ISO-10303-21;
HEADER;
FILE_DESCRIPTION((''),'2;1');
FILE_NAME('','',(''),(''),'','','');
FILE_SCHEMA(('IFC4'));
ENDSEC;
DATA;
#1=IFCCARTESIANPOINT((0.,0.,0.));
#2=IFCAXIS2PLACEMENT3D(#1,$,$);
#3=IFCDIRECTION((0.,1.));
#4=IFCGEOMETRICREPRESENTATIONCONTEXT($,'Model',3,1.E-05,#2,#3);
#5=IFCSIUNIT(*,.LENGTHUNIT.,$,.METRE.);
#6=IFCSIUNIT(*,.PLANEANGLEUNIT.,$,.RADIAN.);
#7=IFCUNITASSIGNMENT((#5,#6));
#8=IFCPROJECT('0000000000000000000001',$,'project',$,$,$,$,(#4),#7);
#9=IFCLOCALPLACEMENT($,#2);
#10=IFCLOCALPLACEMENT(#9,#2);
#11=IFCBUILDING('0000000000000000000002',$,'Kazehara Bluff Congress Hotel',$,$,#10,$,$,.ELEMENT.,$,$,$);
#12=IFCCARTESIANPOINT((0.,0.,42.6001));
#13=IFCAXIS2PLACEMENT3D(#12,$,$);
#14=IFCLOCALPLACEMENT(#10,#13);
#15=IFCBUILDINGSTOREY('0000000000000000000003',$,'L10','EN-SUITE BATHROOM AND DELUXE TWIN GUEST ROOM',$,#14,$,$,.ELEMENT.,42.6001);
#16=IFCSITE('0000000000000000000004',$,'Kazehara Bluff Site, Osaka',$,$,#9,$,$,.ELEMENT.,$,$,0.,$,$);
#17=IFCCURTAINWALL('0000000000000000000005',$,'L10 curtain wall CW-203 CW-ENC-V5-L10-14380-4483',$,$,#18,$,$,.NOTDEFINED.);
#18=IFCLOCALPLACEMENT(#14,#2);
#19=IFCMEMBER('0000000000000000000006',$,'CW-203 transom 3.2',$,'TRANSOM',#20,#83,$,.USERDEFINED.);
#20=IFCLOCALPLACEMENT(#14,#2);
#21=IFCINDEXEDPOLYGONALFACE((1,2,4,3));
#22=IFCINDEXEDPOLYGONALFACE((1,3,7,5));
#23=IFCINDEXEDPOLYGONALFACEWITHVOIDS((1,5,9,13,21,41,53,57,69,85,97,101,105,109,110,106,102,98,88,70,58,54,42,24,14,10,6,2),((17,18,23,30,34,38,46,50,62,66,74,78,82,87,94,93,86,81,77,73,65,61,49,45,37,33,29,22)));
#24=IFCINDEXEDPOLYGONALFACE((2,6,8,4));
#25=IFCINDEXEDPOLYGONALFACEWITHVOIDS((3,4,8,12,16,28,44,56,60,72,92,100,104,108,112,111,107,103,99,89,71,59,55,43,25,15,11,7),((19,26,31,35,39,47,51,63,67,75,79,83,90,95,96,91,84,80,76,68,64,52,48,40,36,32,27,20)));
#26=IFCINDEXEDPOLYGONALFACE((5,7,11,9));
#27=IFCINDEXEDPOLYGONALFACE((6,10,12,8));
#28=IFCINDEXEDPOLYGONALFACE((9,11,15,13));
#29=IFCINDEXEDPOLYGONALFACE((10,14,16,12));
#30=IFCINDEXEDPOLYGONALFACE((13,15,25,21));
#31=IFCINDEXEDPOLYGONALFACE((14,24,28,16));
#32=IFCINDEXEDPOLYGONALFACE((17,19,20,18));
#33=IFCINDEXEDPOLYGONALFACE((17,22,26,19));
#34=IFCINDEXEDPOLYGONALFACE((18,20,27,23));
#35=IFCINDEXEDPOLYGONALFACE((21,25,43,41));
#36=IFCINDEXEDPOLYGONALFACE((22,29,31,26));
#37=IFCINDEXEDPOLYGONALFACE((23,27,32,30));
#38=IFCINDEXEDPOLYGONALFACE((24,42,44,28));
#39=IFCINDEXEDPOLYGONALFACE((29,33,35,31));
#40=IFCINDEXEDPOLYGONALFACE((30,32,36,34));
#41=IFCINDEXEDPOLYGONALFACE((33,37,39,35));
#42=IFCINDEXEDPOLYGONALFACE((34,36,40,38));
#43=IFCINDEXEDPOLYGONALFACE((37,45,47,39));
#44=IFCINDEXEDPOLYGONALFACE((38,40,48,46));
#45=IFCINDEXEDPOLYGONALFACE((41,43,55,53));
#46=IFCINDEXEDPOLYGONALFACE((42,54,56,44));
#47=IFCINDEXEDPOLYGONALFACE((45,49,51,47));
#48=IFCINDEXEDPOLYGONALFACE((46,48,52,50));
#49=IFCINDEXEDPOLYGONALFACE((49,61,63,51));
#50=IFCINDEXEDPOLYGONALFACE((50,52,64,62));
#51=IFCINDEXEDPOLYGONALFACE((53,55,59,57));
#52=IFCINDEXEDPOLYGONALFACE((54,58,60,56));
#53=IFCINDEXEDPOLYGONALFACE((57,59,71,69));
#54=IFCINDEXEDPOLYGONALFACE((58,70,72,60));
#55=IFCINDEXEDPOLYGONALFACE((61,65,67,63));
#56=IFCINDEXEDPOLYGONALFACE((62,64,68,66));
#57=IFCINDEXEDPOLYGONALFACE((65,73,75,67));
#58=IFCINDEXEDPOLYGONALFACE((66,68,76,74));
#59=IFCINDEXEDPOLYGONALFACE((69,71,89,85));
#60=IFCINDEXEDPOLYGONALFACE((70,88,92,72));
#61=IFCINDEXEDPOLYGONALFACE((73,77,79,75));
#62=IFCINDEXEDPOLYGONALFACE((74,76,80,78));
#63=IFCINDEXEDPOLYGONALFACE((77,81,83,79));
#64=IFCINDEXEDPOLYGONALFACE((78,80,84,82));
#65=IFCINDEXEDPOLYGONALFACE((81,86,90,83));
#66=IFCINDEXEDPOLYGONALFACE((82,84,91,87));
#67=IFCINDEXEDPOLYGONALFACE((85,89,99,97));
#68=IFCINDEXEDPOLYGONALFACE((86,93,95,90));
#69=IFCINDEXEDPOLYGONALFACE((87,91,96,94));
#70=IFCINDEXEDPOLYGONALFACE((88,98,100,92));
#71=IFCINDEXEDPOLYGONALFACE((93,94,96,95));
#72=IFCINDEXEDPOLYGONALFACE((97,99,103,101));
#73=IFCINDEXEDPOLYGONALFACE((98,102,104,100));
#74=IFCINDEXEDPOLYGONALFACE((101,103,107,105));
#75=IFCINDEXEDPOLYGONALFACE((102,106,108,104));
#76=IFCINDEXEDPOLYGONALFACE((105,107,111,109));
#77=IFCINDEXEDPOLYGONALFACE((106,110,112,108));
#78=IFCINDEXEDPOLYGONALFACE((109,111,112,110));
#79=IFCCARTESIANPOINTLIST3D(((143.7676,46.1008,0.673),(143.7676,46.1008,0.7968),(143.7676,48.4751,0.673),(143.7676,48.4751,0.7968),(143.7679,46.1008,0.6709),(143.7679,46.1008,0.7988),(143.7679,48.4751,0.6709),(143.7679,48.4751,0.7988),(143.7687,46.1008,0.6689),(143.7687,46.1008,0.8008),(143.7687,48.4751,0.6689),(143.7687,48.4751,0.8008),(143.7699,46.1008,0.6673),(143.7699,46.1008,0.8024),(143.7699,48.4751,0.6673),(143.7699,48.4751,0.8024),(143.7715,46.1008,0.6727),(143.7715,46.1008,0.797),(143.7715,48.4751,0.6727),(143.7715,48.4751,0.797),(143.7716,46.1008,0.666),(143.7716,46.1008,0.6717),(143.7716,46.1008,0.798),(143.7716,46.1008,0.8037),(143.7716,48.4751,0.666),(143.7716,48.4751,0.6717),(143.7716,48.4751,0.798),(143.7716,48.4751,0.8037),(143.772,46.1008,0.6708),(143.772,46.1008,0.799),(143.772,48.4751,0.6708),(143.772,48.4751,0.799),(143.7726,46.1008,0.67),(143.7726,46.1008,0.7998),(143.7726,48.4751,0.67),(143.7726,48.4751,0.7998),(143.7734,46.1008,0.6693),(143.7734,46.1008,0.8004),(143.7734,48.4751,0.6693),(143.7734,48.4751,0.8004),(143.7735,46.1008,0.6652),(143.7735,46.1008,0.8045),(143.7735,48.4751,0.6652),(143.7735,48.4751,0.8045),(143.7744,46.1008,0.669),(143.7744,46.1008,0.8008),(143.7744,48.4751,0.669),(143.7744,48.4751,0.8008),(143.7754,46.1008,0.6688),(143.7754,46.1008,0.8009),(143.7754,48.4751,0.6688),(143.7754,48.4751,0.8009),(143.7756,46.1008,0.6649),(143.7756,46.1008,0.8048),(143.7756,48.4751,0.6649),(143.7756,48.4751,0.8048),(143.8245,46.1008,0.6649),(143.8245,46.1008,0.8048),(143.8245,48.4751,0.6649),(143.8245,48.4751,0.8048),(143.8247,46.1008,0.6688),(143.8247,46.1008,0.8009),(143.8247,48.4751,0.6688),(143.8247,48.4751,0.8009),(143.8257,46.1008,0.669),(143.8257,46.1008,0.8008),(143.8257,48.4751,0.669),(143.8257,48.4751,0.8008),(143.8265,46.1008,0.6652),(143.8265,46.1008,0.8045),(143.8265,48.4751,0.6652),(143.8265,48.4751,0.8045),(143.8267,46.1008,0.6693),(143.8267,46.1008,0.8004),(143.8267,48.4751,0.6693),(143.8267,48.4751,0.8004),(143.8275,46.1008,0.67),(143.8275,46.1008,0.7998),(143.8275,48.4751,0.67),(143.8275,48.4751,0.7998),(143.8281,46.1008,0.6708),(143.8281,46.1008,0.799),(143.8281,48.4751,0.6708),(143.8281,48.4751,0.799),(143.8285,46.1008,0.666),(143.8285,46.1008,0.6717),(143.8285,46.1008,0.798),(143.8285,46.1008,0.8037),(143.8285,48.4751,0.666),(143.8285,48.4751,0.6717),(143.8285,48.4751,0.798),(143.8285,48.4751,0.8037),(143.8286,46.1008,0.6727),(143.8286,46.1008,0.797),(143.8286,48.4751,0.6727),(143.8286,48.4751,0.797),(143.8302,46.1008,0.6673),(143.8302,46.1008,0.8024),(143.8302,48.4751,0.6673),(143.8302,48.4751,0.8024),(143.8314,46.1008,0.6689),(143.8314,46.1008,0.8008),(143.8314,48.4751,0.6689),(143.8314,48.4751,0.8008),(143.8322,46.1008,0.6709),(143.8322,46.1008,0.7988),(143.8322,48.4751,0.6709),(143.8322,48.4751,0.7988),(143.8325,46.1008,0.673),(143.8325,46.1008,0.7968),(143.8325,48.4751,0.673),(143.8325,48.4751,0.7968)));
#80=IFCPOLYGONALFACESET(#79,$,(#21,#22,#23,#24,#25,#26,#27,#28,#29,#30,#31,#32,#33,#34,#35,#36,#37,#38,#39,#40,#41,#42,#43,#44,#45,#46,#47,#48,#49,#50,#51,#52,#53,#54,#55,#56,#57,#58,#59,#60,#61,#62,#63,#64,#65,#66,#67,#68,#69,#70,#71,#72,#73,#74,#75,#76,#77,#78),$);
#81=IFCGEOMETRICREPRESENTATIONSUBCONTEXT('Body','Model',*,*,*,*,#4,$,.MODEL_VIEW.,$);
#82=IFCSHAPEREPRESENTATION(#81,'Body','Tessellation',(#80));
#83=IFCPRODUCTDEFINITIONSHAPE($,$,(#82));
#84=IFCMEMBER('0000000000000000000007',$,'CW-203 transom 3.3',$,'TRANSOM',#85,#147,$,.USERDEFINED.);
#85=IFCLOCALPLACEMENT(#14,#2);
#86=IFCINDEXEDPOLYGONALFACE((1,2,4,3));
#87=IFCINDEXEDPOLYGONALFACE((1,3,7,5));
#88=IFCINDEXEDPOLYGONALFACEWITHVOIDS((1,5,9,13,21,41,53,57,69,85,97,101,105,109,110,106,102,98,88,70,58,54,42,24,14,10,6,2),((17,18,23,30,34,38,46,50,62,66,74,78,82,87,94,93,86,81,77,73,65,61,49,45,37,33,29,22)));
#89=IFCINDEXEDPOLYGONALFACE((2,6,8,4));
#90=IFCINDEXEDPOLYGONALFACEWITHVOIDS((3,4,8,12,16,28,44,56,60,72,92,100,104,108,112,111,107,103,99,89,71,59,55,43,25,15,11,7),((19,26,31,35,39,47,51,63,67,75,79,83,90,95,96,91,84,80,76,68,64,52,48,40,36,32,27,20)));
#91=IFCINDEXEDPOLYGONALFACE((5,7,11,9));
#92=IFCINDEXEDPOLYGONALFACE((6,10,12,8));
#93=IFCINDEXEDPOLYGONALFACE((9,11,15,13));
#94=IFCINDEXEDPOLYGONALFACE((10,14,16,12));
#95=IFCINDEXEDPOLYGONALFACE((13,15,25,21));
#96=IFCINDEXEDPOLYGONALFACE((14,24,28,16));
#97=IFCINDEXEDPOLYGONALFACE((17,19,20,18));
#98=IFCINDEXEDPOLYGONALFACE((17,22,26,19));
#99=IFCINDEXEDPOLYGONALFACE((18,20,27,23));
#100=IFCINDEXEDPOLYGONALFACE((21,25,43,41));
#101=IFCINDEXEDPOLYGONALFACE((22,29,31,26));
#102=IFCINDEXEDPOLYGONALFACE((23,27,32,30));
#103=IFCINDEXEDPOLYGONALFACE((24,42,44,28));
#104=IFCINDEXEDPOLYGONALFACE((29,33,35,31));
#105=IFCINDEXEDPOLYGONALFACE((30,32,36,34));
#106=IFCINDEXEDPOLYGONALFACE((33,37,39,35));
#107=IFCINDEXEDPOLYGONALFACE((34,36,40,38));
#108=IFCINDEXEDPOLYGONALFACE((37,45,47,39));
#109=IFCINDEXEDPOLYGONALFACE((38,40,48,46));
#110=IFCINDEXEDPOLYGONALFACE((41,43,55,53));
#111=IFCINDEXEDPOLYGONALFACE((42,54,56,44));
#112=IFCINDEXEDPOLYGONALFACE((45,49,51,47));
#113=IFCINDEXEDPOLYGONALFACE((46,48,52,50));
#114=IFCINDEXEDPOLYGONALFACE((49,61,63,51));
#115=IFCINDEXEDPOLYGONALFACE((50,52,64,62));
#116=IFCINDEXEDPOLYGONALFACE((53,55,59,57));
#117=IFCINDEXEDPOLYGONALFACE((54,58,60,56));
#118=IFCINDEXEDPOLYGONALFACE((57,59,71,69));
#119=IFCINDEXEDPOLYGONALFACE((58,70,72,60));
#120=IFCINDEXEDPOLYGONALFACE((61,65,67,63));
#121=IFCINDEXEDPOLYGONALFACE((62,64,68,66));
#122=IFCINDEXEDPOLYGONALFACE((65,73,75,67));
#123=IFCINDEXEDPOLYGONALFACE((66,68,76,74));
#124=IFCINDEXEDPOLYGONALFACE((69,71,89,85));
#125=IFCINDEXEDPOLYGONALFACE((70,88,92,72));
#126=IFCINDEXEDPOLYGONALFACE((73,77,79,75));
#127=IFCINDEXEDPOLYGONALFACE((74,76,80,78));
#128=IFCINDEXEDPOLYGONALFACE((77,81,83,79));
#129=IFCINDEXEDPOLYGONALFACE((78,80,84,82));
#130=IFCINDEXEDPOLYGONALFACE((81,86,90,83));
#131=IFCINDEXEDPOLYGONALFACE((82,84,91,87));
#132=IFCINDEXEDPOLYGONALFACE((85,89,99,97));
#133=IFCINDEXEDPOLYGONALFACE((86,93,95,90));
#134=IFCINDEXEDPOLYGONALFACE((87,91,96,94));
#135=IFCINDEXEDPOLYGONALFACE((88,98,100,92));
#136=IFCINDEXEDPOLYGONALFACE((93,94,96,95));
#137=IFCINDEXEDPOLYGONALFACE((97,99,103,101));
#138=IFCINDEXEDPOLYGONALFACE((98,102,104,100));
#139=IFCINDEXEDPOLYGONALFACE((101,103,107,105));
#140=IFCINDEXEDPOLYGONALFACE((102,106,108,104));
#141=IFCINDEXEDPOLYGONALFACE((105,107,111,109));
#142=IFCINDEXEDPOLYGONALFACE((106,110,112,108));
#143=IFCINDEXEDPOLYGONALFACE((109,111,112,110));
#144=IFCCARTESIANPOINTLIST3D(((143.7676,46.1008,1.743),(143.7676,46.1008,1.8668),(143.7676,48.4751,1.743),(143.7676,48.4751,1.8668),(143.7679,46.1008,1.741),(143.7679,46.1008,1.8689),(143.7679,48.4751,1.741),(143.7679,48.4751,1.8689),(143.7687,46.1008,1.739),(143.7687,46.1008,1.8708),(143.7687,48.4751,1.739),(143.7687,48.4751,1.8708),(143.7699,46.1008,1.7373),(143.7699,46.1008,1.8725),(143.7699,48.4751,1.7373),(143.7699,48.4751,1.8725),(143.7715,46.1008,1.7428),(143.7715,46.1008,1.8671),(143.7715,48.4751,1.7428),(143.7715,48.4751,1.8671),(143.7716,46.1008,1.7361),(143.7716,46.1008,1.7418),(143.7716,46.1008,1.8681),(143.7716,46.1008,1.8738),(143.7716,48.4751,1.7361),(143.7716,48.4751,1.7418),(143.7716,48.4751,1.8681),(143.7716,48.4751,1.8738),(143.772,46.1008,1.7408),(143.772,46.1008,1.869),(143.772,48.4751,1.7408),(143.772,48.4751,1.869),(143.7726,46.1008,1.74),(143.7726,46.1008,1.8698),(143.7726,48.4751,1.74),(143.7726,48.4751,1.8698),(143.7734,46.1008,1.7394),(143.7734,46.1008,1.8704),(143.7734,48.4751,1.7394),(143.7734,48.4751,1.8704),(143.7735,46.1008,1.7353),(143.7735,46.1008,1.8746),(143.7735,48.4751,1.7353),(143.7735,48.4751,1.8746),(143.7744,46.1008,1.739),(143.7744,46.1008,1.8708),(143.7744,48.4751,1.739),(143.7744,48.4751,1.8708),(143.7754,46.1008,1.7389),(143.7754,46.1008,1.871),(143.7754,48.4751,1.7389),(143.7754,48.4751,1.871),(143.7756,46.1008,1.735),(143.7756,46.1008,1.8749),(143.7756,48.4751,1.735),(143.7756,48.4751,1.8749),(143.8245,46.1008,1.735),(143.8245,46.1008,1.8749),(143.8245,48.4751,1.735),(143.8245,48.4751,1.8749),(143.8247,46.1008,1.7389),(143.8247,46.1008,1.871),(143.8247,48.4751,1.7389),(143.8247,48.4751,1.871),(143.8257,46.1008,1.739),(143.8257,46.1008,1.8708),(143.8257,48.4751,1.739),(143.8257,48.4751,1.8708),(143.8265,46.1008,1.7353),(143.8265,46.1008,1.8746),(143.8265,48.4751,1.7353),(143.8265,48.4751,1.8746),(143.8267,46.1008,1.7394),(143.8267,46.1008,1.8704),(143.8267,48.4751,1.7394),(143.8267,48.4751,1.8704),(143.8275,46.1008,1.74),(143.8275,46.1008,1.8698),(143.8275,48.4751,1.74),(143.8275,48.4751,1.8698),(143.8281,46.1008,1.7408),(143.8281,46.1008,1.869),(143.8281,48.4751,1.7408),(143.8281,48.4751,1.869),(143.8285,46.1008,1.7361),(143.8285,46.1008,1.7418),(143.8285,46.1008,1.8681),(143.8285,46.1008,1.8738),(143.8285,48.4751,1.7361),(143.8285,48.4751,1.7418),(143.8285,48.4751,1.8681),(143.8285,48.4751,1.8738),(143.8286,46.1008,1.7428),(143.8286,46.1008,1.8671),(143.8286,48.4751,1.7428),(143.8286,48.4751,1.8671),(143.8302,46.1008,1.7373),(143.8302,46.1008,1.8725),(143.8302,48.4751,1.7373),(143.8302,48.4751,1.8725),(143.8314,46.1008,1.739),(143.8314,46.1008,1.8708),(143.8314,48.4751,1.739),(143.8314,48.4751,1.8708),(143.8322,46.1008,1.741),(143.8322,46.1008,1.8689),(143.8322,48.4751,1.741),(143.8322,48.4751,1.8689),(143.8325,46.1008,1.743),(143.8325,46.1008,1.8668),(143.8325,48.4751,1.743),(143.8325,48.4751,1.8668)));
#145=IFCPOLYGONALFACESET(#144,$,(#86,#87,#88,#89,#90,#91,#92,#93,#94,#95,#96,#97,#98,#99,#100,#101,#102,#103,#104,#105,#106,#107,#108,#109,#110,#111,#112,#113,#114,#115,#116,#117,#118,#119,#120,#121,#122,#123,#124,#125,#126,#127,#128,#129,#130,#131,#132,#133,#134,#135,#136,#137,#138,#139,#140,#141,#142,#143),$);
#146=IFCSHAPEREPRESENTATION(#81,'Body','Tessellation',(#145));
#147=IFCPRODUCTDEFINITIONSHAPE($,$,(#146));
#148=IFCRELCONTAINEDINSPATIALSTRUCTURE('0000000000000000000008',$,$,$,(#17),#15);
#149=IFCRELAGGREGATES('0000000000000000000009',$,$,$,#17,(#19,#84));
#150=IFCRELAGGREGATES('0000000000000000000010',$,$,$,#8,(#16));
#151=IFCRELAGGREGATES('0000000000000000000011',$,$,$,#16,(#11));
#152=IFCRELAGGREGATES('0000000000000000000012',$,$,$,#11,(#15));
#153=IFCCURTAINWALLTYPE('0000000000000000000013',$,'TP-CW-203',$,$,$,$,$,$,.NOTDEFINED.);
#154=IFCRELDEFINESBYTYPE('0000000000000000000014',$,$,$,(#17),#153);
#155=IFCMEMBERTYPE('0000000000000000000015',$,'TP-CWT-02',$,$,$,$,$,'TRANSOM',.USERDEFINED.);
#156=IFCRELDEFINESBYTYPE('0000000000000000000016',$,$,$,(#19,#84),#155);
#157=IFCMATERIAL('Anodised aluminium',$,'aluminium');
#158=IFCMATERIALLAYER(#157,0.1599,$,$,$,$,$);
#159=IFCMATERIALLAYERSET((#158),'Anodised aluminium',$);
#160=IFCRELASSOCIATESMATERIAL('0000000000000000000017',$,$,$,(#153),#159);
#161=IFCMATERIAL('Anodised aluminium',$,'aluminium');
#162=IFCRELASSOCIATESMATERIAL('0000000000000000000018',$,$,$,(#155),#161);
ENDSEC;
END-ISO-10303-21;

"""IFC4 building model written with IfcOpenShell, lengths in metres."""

from ifc_helpers import new_model, si_unit, direction, frame, origin, origin_2d, place, context, subcontext, project, spatial, hollow_rectangle, extrude, material, layer, layer_set, material_profile, profile_set, type_object, element, aggregate, save


model = new_model("IFC4")

# Units and contexts
model_context = context("Model", 3, precision=1e-05, world=origin(), true_north=direction((0.0, 1.0)))
body_context = subcontext(model_context, "Body", "Model", "MODEL_VIEW")
ifc_project = project(units=[si_unit("LENGTHUNIT", "METRE"), si_unit("PLANEANGLEUNIT", "RADIAN")], contexts=[model_context])

# Site, building, storey
site_placement = place(None, origin())
site = spatial("IfcSite", under=ifc_project, at=site_placement, Name="Kazehara Bluff Site, Osaka", CompositionType="ELEMENT", RefElevation=0.0)
building_placement = place(site_placement, origin())
building = spatial("IfcBuilding", under=site, at=building_placement, Name="Kazehara Bluff Congress Hotel", CompositionType="ELEMENT")
storey_placement = place(building_placement, frame((0.0, 0.0, 42.6001)))
storey = spatial("IfcBuildingStorey", under=building, at=storey_placement, Name="L10", Description="EN-SUITE BATHROOM AND DELUXE TWIN GUEST ROOM", CompositionType="ELEMENT", Elevation=42.6001)

# Curtain wall
ifc_material_1 = material(Name="Anodised aluminium", Category="aluminium")
ifc_layer_1 = layer(ifc_material_1, 0.1599)
ifc_layer_set_1 = layer_set([ifc_layer_1], Name="Anodised aluminium")
curtain_wall_type_1 = type_object("IfcCurtainWallType", Name="TP-CW-203", PredefinedType="NOTDEFINED", material=ifc_layer_set_1)
curtain_wall_1_placement = place(storey_placement, origin())
curtain_wall_1 = element("IfcCurtainWall", 1, at=curtain_wall_1_placement, inside=storey, type_object=curtain_wall_type_1, Name="L10 curtain wall CW-203 CW-ENC-V5-L10-14380-4483", PredefinedType="NOTDEFINED")

# Members
ifc_material_2 = material(Name="Anodised aluminium", Category="aluminium")
ifc_material_profile_1 = material_profile(ifc_material_2, hollow_rectangle(XDim=0.0649, YDim=0.1399, WallThickness=0.0039, InnerFilletRadius=0.0039, OuterFilletRadius=0.0081, at=origin_2d()))
ifc_profile_set_1 = profile_set([ifc_material_profile_1], Name="Anodised aluminium")
member_type_1 = type_object("IfcMemberType", Name="TP-CWT-02", ElementType="TRANSOM", PredefinedType="USERDEFINED", material=ifc_profile_set_1)
member_1_placement = place(storey_placement, frame((143.8, 46.1008, 0.7349), z_axis=(0.0, 1.0, 0.0), x_axis=(-1.0, 0.0, 0.0)))
member_1 = element("IfcMember", 2, at=member_1_placement, type_object=member_type_1, Name="CW-203 transom 3.2", ObjectType="TRANSOM", PredefinedType="USERDEFINED", context=body_context, shape_type="SweptSolid", body=[
    extrude(hollow_rectangle(XDim=0.0649, YDim=0.1399, WallThickness=0.0039, InnerFilletRadius=0.0039, OuterFilletRadius=0.0081, at=origin_2d()), origin(), (0.0, 0.0, 1.0), 2.3743),
])
member_2_placement = place(storey_placement, frame((143.8, 46.1008, 1.8049), z_axis=(0.0, 1.0, 0.0), x_axis=(-1.0, 0.0, 0.0)))
member_2 = element("IfcMember", 3, at=member_2_placement, type_object=member_type_1, Name="CW-203 transom 3.3", ObjectType="TRANSOM", PredefinedType="USERDEFINED", context=body_context, shape_type="SweptSolid", body=[
    extrude(hollow_rectangle(XDim=0.0649, YDim=0.1399, WallThickness=0.0039, InnerFilletRadius=0.0039, OuterFilletRadius=0.0081, at=origin_2d()), origin(), (0.0, 0.0, 1.0), 2.3743),
])

aggregate(curtain_wall_1, [member_1, member_2])

save(model, "model.ifc")
